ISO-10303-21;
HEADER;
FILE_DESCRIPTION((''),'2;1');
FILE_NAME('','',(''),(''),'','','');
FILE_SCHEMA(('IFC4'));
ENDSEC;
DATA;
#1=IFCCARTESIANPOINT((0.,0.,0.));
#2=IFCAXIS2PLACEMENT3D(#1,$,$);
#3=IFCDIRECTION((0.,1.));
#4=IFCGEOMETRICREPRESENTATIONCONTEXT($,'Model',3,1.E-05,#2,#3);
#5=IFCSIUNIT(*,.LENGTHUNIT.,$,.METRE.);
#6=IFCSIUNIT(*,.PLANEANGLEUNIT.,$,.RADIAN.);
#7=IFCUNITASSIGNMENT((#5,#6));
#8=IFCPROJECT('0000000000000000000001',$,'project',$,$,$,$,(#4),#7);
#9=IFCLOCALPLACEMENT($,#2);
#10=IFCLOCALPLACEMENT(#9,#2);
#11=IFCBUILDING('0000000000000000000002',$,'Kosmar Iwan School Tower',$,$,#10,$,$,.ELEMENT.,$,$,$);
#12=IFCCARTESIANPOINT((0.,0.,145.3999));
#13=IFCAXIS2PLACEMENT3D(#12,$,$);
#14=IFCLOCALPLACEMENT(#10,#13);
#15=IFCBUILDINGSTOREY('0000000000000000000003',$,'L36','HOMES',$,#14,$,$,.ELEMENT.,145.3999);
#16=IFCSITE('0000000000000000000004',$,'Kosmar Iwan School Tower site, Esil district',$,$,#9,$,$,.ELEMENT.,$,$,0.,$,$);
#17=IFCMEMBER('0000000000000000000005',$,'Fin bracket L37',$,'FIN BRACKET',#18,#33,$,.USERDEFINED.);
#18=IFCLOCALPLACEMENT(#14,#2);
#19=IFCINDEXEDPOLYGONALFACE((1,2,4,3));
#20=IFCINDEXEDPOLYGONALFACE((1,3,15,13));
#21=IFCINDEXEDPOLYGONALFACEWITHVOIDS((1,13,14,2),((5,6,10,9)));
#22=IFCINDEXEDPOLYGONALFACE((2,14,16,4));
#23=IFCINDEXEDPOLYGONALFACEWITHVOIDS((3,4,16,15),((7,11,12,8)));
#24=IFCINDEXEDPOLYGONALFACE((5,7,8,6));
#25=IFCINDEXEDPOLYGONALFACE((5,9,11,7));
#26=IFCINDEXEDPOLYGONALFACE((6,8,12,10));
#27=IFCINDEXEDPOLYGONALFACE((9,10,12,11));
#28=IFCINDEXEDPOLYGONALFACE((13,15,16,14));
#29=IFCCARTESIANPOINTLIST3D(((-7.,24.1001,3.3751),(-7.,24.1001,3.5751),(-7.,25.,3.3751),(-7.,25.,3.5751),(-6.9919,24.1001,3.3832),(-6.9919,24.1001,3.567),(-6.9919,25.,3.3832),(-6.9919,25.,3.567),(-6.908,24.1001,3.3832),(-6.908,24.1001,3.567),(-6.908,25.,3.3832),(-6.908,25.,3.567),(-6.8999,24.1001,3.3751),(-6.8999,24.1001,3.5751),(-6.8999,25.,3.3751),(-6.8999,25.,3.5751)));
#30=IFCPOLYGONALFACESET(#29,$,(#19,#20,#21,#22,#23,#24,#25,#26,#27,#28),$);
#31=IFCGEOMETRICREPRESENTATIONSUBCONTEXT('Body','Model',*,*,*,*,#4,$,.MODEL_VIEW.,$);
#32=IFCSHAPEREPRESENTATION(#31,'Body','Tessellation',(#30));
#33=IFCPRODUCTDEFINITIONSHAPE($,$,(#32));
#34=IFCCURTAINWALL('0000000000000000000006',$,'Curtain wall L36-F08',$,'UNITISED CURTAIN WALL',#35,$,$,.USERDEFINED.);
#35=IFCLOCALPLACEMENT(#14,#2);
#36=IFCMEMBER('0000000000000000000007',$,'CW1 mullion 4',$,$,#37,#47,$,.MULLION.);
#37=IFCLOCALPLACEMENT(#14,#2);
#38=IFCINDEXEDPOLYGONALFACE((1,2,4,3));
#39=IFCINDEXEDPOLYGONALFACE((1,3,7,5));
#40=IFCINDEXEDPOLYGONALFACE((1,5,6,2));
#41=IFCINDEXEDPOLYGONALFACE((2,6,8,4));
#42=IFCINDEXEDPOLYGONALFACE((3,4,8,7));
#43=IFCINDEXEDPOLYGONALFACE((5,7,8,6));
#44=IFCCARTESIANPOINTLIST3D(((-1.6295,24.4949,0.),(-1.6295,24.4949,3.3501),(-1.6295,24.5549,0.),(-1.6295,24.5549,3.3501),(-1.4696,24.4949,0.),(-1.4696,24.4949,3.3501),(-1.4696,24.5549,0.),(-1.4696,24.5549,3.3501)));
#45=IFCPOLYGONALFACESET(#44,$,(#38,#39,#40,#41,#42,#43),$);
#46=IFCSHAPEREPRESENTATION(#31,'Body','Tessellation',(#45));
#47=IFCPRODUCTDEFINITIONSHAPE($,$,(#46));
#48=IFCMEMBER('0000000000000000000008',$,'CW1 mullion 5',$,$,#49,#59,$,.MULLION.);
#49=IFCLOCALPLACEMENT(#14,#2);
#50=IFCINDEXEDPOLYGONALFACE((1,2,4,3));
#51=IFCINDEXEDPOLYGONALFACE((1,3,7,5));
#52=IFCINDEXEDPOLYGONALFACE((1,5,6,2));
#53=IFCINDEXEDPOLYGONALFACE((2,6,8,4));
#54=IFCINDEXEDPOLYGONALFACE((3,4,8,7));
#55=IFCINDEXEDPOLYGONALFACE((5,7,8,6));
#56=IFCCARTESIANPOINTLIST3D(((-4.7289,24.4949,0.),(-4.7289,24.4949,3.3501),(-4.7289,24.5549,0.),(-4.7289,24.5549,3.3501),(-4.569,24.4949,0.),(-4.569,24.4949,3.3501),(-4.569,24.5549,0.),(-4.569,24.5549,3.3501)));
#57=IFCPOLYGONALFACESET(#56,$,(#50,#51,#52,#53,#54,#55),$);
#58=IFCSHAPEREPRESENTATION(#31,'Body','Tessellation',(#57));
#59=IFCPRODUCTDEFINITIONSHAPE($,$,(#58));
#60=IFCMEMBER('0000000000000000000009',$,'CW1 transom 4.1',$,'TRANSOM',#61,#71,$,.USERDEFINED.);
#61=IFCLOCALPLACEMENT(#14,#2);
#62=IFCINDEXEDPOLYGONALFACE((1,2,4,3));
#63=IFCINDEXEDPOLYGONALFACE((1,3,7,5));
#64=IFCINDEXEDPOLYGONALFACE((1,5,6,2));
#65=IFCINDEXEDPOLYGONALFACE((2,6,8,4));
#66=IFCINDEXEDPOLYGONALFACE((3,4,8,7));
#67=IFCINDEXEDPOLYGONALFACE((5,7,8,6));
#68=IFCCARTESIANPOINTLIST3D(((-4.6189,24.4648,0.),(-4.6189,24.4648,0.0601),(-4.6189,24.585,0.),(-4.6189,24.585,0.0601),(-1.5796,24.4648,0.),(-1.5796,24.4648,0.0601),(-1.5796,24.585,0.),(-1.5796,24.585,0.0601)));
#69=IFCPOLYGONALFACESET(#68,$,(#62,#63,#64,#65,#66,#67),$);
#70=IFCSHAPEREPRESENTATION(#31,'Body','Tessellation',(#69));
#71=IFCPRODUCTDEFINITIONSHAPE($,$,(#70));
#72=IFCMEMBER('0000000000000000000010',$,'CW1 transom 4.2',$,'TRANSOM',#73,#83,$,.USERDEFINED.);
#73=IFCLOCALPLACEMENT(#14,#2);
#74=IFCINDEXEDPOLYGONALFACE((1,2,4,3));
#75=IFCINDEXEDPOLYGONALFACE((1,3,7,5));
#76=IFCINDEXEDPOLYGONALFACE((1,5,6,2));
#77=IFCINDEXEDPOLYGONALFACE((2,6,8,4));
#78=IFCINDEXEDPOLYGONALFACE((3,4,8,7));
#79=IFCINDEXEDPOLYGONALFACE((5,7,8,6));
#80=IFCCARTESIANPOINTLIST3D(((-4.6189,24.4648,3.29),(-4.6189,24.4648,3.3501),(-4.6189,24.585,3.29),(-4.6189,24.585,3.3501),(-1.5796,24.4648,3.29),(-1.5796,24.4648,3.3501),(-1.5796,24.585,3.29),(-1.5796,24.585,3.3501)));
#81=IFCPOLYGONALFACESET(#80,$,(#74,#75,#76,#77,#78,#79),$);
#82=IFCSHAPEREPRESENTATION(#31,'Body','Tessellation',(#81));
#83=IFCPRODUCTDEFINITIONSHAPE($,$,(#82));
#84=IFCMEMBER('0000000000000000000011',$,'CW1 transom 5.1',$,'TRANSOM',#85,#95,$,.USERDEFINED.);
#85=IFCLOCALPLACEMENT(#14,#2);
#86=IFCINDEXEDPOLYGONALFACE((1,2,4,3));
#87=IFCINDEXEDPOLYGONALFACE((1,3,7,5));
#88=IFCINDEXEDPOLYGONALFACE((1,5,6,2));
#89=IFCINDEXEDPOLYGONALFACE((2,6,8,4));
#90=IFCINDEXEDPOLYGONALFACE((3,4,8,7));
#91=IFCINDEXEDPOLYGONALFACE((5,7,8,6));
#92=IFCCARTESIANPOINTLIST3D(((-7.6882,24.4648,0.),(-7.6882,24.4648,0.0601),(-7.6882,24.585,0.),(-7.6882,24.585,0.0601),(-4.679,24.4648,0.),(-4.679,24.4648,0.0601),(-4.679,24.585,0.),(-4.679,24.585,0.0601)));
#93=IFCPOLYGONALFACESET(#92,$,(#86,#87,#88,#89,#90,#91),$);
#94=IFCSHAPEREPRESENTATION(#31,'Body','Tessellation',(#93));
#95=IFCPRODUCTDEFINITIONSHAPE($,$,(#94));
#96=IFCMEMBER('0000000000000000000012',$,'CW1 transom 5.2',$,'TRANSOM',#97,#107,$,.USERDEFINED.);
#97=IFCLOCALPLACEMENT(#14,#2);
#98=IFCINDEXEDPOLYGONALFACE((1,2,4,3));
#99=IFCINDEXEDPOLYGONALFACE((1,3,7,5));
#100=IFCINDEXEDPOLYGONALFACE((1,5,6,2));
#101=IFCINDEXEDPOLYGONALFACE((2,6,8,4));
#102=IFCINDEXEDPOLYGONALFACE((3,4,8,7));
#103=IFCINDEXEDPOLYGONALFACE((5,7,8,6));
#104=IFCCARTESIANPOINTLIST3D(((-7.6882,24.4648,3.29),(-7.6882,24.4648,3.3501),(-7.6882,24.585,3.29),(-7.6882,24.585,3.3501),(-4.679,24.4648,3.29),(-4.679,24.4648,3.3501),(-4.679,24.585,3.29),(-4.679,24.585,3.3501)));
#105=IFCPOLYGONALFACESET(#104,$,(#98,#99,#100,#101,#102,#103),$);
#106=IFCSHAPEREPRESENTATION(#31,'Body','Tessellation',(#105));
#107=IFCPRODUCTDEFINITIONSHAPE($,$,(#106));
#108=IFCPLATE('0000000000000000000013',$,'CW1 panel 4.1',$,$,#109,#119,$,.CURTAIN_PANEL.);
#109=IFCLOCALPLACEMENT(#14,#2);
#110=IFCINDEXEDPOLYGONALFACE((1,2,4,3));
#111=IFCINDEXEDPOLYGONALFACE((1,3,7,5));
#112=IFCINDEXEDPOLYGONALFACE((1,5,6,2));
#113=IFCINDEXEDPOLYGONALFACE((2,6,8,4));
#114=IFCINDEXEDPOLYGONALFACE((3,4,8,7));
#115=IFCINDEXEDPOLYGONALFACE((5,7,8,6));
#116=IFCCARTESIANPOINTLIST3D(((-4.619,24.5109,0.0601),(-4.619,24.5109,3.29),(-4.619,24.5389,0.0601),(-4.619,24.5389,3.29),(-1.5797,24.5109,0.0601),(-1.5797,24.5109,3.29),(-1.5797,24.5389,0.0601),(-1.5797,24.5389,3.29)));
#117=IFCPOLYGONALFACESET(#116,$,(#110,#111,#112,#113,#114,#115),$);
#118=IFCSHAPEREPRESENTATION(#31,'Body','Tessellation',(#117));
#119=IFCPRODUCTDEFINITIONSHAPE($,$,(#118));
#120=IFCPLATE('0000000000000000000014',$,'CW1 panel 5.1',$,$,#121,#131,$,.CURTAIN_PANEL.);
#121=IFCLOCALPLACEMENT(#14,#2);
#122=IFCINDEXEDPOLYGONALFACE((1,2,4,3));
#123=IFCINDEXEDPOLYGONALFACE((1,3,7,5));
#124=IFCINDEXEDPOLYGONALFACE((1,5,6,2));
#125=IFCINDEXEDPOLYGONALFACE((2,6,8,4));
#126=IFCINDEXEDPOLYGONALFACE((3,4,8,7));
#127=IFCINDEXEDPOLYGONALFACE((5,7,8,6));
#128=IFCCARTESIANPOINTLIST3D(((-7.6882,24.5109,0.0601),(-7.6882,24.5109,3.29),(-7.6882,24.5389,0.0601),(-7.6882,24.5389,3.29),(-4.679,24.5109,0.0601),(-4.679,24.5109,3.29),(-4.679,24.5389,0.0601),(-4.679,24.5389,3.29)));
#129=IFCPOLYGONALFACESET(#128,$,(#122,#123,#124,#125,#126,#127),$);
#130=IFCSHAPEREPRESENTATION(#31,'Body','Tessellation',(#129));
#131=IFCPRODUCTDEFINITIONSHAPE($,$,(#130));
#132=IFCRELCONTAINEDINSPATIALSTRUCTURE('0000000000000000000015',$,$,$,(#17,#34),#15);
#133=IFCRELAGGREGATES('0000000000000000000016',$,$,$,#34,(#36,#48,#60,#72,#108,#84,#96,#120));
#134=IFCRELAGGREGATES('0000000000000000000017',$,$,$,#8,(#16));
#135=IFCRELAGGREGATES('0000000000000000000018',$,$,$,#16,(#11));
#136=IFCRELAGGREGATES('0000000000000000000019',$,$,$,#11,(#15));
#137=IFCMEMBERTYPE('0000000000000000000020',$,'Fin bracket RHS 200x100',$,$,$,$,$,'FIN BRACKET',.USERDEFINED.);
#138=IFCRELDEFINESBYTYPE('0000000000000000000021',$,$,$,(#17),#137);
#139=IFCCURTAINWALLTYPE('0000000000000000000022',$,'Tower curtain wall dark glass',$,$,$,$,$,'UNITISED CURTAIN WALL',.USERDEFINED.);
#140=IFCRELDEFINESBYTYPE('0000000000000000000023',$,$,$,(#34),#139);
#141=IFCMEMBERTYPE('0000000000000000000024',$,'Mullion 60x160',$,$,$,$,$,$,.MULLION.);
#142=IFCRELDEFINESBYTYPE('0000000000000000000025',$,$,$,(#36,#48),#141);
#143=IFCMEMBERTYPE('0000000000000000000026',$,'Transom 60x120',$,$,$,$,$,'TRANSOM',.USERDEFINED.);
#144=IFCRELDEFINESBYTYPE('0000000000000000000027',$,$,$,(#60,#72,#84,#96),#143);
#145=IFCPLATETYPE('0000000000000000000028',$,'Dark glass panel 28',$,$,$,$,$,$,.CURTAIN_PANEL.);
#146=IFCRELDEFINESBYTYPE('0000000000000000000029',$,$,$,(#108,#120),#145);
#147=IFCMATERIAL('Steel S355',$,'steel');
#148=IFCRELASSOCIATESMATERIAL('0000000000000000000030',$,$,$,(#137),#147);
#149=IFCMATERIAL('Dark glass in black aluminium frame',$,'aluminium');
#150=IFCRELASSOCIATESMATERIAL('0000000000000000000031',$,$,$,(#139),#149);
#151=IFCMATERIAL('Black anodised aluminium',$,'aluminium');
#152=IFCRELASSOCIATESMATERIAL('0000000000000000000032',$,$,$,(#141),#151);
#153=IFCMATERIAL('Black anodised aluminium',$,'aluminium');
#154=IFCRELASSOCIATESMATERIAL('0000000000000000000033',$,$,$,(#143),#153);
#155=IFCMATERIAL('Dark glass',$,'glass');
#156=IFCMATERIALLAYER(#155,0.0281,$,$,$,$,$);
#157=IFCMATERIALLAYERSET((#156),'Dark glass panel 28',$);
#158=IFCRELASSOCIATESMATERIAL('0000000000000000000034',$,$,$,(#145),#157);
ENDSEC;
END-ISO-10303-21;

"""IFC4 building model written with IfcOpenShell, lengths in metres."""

from ifc_helpers import new_model, si_unit, direction, frame, origin, origin_2d, place, context, subcontext, project, spatial, rectangle, hollow_rectangle, extrude, material, layer, layer_set, material_profile, profile_set, type_object, element, aggregate, save


model = new_model("IFC4")

# Units and contexts
model_context = context("Model", 3, precision=1e-05, world=origin(), true_north=direction((0.0, 1.0)))
body_context = subcontext(model_context, "Body", "Model", "MODEL_VIEW")
ifc_project = project(units=[si_unit("LENGTHUNIT", "METRE"), si_unit("PLANEANGLEUNIT", "RADIAN")], contexts=[model_context])

# Site, building, storey
site_placement = place(None, origin())
site = spatial("IfcSite", under=ifc_project, at=site_placement, Name="Kosmar Iwan School Tower site, Esil district", CompositionType="ELEMENT", RefElevation=0.0)
building_placement = place(site_placement, origin())
building = spatial("IfcBuilding", under=site, at=building_placement, Name="Kosmar Iwan School Tower", CompositionType="ELEMENT")
storey_placement = place(building_placement, frame((0.0, 0.0, 145.3999)))
storey = spatial("IfcBuildingStorey", under=building, at=storey_placement, Name="L36", Description="HOMES", CompositionType="ELEMENT", Elevation=145.3999)

# Member
ifc_material_1 = material(Name="Steel S355", Category="steel")
ifc_material_profile_1 = material_profile(ifc_material_1, hollow_rectangle(XDim=0.1001, YDim=0.2, WallThickness=0.0081, at=origin_2d()), Name="RHS 200x100x8")
ifc_profile_set_1 = profile_set([ifc_material_profile_1], Name="Steel S355")
member_type_1 = type_object("IfcMemberType", Name="Fin bracket RHS 200x100", ElementType="FIN BRACKET", PredefinedType="USERDEFINED", material=ifc_profile_set_1)
member_1_placement = place(storey_placement, frame((-6.95, 24.1001, 3.4751), z_axis=(0.0, 1.0, 0.0), x_axis=(-1.0, 0.0, 0.0)))
element("IfcMember", 1, at=member_1_placement, inside=storey, type_object=member_type_1, Name="Fin bracket L37", ObjectType="FIN BRACKET", PredefinedType="USERDEFINED", context=body_context, shape_type="SweptSolid", body=[
    extrude(hollow_rectangle(XDim=0.1001, YDim=0.2, WallThickness=0.0081, at=origin_2d()), origin(), (0.0, 0.0, 1.0), 0.8999),
])

# Curtain wall, members, plates
ifc_material_2 = material(Name="Dark glass in black aluminium frame", Category="aluminium")
curtain_wall_type = type_object("IfcCurtainWallType", Name="Tower curtain wall dark glass", ElementType="UNITISED CURTAIN WALL", PredefinedType="USERDEFINED", material=ifc_material_2)
curtain_wall_placement = place(storey_placement, origin())
curtain_wall = element("IfcCurtainWall", 2, at=curtain_wall_placement, inside=storey, type_object=curtain_wall_type, Name="Curtain wall L36-F08", ObjectType="UNITISED CURTAIN WALL", PredefinedType="USERDEFINED")
ifc_material_3 = material(Name="Black anodised aluminium", Category="aluminium")
ifc_material_profile_2 = material_profile(ifc_material_3, rectangle(XDim=0.0601, YDim=0.1599, at=origin_2d()), Name="MULLION 60x160")
ifc_profile_set_2 = profile_set([ifc_material_profile_2], Name="Black anodised aluminium")
member_type_2 = type_object("IfcMemberType", Name="Mullion 60x160", PredefinedType="MULLION", material=ifc_profile_set_2)
member_2_placement = place(storey_placement, frame((-1.5496, 24.5249, 0.0), z_axis=(0.0, 0.0, 1.0), x_axis=(0.0, -1.0, 0.0)))
member_2 = element("IfcMember", 3, at=member_2_placement, type_object=member_type_2, Name="CW1 mullion 4", PredefinedType="MULLION", context=body_context, shape_type="SweptSolid", body=[
    extrude(rectangle(XDim=0.0601, YDim=0.1599, at=origin_2d()), origin(), (0.0, 0.0, 1.0), 3.3501),
])
member_3_placement = place(storey_placement, frame((-4.6489, 24.5249, 0.0), z_axis=(0.0, 0.0, 1.0), x_axis=(0.0, -1.0, 0.0)))
member_3 = element("IfcMember", 4, at=member_3_placement, type_object=member_type_2, Name="CW1 mullion 5", PredefinedType="MULLION", context=body_context, shape_type="SweptSolid", body=[
    extrude(rectangle(XDim=0.0601, YDim=0.1599, at=origin_2d()), origin(), (0.0, 0.0, 1.0), 3.3501),
])
ifc_material_4 = material(Name="Black anodised aluminium", Category="aluminium")
ifc_material_profile_3 = material_profile(ifc_material_4, rectangle(XDim=0.1201, YDim=0.0601, at=origin_2d()), Name="TRANSOM 60x120")
ifc_profile_set_3 = profile_set([ifc_material_profile_3], Name="Black anodised aluminium")
member_type_3 = type_object("IfcMemberType", Name="Transom 60x120", ElementType="TRANSOM", PredefinedType="USERDEFINED", material=ifc_profile_set_3)
member_4_placement = place(storey_placement, frame((-1.5796, 24.5249, 0.03), z_axis=(-1.0, 0.0, 0.0), x_axis=(0.0, -1.0, 0.0)))
member_4 = element("IfcMember", 5, at=member_4_placement, type_object=member_type_3, Name="CW1 transom 4.1", ObjectType="TRANSOM", PredefinedType="USERDEFINED", context=body_context, shape_type="SweptSolid", body=[
    extrude(rectangle(XDim=0.1201, YDim=0.0601, at=origin_2d()), origin(), (0.0, 0.0, 1.0), 3.0393),
])
member_5_placement = place(storey_placement, frame((-1.5796, 24.5249, 3.3201), z_axis=(-1.0, 0.0, 0.0), x_axis=(0.0, -1.0, 0.0)))
member_5 = element("IfcMember", 6, at=member_5_placement, type_object=member_type_3, Name="CW1 transom 4.2", ObjectType="TRANSOM", PredefinedType="USERDEFINED", context=body_context, shape_type="SweptSolid", body=[
    extrude(rectangle(XDim=0.1201, YDim=0.0601, at=origin_2d()), origin(), (0.0, 0.0, 1.0), 3.0393),
])
member_6_placement = place(storey_placement, frame((-4.679, 24.5249, 0.03), z_axis=(-1.0, 0.0, 0.0), x_axis=(0.0, -1.0, 0.0)))
member_6 = element("IfcMember", 7, at=member_6_placement, type_object=member_type_3, Name="CW1 transom 5.1", ObjectType="TRANSOM", PredefinedType="USERDEFINED", context=body_context, shape_type="SweptSolid", body=[
    extrude(rectangle(XDim=0.1201, YDim=0.0601, at=origin_2d()), origin(), (0.0, 0.0, 1.0), 3.0093),
])
member_7_placement = place(storey_placement, frame((-4.679, 24.5249, 3.3201), z_axis=(-1.0, 0.0, 0.0), x_axis=(0.0, -1.0, 0.0)))
member_7 = element("IfcMember", 8, at=member_7_placement, type_object=member_type_3, Name="CW1 transom 5.2", ObjectType="TRANSOM", PredefinedType="USERDEFINED", context=body_context, shape_type="SweptSolid", body=[
    extrude(rectangle(XDim=0.1201, YDim=0.0601, at=origin_2d()), origin(), (0.0, 0.0, 1.0), 3.0093),
])
ifc_material_5 = material(Name="Dark glass", Category="glass")
ifc_layer_1 = layer(ifc_material_5, 0.0281)
ifc_layer_set_1 = layer_set([ifc_layer_1], Name="Dark glass panel 28")
plate_type = type_object("IfcPlateType", Name="Dark glass panel 28", PredefinedType="CURTAIN_PANEL", material=ifc_layer_set_1)
plate_1_placement = place(storey_placement, frame((-3.0994, 24.5249, 0.0601), z_axis=(0.0, 0.0, 1.0), x_axis=(-1.0, 0.0, 0.0)))
plate_1 = element("IfcPlate", 9, at=plate_1_placement, type_object=plate_type, Name="CW1 panel 4.1", PredefinedType="CURTAIN_PANEL", context=body_context, shape_type="SweptSolid", body=[
    extrude(rectangle(XDim=3.0393, YDim=0.0281, at=origin_2d()), origin(), (0.0, 0.0, 1.0), 3.23),
])
plate_2_placement = place(storey_placement, frame((-6.1836, 24.5249, 0.0601), z_axis=(0.0, 0.0, 1.0), x_axis=(-1.0, 0.0, 0.0)))
plate_2 = element("IfcPlate", 10, at=plate_2_placement, type_object=plate_type, Name="CW1 panel 5.1", PredefinedType="CURTAIN_PANEL", context=body_context, shape_type="SweptSolid", body=[
    extrude(rectangle(XDim=3.0093, YDim=0.0281, at=origin_2d()), origin(), (0.0, 0.0, 1.0), 3.23),
])
aggregate(curtain_wall, [member_2, member_3, member_4, member_5, plate_1, member_6, member_7, plate_2])

save(model, "model.ifc")
